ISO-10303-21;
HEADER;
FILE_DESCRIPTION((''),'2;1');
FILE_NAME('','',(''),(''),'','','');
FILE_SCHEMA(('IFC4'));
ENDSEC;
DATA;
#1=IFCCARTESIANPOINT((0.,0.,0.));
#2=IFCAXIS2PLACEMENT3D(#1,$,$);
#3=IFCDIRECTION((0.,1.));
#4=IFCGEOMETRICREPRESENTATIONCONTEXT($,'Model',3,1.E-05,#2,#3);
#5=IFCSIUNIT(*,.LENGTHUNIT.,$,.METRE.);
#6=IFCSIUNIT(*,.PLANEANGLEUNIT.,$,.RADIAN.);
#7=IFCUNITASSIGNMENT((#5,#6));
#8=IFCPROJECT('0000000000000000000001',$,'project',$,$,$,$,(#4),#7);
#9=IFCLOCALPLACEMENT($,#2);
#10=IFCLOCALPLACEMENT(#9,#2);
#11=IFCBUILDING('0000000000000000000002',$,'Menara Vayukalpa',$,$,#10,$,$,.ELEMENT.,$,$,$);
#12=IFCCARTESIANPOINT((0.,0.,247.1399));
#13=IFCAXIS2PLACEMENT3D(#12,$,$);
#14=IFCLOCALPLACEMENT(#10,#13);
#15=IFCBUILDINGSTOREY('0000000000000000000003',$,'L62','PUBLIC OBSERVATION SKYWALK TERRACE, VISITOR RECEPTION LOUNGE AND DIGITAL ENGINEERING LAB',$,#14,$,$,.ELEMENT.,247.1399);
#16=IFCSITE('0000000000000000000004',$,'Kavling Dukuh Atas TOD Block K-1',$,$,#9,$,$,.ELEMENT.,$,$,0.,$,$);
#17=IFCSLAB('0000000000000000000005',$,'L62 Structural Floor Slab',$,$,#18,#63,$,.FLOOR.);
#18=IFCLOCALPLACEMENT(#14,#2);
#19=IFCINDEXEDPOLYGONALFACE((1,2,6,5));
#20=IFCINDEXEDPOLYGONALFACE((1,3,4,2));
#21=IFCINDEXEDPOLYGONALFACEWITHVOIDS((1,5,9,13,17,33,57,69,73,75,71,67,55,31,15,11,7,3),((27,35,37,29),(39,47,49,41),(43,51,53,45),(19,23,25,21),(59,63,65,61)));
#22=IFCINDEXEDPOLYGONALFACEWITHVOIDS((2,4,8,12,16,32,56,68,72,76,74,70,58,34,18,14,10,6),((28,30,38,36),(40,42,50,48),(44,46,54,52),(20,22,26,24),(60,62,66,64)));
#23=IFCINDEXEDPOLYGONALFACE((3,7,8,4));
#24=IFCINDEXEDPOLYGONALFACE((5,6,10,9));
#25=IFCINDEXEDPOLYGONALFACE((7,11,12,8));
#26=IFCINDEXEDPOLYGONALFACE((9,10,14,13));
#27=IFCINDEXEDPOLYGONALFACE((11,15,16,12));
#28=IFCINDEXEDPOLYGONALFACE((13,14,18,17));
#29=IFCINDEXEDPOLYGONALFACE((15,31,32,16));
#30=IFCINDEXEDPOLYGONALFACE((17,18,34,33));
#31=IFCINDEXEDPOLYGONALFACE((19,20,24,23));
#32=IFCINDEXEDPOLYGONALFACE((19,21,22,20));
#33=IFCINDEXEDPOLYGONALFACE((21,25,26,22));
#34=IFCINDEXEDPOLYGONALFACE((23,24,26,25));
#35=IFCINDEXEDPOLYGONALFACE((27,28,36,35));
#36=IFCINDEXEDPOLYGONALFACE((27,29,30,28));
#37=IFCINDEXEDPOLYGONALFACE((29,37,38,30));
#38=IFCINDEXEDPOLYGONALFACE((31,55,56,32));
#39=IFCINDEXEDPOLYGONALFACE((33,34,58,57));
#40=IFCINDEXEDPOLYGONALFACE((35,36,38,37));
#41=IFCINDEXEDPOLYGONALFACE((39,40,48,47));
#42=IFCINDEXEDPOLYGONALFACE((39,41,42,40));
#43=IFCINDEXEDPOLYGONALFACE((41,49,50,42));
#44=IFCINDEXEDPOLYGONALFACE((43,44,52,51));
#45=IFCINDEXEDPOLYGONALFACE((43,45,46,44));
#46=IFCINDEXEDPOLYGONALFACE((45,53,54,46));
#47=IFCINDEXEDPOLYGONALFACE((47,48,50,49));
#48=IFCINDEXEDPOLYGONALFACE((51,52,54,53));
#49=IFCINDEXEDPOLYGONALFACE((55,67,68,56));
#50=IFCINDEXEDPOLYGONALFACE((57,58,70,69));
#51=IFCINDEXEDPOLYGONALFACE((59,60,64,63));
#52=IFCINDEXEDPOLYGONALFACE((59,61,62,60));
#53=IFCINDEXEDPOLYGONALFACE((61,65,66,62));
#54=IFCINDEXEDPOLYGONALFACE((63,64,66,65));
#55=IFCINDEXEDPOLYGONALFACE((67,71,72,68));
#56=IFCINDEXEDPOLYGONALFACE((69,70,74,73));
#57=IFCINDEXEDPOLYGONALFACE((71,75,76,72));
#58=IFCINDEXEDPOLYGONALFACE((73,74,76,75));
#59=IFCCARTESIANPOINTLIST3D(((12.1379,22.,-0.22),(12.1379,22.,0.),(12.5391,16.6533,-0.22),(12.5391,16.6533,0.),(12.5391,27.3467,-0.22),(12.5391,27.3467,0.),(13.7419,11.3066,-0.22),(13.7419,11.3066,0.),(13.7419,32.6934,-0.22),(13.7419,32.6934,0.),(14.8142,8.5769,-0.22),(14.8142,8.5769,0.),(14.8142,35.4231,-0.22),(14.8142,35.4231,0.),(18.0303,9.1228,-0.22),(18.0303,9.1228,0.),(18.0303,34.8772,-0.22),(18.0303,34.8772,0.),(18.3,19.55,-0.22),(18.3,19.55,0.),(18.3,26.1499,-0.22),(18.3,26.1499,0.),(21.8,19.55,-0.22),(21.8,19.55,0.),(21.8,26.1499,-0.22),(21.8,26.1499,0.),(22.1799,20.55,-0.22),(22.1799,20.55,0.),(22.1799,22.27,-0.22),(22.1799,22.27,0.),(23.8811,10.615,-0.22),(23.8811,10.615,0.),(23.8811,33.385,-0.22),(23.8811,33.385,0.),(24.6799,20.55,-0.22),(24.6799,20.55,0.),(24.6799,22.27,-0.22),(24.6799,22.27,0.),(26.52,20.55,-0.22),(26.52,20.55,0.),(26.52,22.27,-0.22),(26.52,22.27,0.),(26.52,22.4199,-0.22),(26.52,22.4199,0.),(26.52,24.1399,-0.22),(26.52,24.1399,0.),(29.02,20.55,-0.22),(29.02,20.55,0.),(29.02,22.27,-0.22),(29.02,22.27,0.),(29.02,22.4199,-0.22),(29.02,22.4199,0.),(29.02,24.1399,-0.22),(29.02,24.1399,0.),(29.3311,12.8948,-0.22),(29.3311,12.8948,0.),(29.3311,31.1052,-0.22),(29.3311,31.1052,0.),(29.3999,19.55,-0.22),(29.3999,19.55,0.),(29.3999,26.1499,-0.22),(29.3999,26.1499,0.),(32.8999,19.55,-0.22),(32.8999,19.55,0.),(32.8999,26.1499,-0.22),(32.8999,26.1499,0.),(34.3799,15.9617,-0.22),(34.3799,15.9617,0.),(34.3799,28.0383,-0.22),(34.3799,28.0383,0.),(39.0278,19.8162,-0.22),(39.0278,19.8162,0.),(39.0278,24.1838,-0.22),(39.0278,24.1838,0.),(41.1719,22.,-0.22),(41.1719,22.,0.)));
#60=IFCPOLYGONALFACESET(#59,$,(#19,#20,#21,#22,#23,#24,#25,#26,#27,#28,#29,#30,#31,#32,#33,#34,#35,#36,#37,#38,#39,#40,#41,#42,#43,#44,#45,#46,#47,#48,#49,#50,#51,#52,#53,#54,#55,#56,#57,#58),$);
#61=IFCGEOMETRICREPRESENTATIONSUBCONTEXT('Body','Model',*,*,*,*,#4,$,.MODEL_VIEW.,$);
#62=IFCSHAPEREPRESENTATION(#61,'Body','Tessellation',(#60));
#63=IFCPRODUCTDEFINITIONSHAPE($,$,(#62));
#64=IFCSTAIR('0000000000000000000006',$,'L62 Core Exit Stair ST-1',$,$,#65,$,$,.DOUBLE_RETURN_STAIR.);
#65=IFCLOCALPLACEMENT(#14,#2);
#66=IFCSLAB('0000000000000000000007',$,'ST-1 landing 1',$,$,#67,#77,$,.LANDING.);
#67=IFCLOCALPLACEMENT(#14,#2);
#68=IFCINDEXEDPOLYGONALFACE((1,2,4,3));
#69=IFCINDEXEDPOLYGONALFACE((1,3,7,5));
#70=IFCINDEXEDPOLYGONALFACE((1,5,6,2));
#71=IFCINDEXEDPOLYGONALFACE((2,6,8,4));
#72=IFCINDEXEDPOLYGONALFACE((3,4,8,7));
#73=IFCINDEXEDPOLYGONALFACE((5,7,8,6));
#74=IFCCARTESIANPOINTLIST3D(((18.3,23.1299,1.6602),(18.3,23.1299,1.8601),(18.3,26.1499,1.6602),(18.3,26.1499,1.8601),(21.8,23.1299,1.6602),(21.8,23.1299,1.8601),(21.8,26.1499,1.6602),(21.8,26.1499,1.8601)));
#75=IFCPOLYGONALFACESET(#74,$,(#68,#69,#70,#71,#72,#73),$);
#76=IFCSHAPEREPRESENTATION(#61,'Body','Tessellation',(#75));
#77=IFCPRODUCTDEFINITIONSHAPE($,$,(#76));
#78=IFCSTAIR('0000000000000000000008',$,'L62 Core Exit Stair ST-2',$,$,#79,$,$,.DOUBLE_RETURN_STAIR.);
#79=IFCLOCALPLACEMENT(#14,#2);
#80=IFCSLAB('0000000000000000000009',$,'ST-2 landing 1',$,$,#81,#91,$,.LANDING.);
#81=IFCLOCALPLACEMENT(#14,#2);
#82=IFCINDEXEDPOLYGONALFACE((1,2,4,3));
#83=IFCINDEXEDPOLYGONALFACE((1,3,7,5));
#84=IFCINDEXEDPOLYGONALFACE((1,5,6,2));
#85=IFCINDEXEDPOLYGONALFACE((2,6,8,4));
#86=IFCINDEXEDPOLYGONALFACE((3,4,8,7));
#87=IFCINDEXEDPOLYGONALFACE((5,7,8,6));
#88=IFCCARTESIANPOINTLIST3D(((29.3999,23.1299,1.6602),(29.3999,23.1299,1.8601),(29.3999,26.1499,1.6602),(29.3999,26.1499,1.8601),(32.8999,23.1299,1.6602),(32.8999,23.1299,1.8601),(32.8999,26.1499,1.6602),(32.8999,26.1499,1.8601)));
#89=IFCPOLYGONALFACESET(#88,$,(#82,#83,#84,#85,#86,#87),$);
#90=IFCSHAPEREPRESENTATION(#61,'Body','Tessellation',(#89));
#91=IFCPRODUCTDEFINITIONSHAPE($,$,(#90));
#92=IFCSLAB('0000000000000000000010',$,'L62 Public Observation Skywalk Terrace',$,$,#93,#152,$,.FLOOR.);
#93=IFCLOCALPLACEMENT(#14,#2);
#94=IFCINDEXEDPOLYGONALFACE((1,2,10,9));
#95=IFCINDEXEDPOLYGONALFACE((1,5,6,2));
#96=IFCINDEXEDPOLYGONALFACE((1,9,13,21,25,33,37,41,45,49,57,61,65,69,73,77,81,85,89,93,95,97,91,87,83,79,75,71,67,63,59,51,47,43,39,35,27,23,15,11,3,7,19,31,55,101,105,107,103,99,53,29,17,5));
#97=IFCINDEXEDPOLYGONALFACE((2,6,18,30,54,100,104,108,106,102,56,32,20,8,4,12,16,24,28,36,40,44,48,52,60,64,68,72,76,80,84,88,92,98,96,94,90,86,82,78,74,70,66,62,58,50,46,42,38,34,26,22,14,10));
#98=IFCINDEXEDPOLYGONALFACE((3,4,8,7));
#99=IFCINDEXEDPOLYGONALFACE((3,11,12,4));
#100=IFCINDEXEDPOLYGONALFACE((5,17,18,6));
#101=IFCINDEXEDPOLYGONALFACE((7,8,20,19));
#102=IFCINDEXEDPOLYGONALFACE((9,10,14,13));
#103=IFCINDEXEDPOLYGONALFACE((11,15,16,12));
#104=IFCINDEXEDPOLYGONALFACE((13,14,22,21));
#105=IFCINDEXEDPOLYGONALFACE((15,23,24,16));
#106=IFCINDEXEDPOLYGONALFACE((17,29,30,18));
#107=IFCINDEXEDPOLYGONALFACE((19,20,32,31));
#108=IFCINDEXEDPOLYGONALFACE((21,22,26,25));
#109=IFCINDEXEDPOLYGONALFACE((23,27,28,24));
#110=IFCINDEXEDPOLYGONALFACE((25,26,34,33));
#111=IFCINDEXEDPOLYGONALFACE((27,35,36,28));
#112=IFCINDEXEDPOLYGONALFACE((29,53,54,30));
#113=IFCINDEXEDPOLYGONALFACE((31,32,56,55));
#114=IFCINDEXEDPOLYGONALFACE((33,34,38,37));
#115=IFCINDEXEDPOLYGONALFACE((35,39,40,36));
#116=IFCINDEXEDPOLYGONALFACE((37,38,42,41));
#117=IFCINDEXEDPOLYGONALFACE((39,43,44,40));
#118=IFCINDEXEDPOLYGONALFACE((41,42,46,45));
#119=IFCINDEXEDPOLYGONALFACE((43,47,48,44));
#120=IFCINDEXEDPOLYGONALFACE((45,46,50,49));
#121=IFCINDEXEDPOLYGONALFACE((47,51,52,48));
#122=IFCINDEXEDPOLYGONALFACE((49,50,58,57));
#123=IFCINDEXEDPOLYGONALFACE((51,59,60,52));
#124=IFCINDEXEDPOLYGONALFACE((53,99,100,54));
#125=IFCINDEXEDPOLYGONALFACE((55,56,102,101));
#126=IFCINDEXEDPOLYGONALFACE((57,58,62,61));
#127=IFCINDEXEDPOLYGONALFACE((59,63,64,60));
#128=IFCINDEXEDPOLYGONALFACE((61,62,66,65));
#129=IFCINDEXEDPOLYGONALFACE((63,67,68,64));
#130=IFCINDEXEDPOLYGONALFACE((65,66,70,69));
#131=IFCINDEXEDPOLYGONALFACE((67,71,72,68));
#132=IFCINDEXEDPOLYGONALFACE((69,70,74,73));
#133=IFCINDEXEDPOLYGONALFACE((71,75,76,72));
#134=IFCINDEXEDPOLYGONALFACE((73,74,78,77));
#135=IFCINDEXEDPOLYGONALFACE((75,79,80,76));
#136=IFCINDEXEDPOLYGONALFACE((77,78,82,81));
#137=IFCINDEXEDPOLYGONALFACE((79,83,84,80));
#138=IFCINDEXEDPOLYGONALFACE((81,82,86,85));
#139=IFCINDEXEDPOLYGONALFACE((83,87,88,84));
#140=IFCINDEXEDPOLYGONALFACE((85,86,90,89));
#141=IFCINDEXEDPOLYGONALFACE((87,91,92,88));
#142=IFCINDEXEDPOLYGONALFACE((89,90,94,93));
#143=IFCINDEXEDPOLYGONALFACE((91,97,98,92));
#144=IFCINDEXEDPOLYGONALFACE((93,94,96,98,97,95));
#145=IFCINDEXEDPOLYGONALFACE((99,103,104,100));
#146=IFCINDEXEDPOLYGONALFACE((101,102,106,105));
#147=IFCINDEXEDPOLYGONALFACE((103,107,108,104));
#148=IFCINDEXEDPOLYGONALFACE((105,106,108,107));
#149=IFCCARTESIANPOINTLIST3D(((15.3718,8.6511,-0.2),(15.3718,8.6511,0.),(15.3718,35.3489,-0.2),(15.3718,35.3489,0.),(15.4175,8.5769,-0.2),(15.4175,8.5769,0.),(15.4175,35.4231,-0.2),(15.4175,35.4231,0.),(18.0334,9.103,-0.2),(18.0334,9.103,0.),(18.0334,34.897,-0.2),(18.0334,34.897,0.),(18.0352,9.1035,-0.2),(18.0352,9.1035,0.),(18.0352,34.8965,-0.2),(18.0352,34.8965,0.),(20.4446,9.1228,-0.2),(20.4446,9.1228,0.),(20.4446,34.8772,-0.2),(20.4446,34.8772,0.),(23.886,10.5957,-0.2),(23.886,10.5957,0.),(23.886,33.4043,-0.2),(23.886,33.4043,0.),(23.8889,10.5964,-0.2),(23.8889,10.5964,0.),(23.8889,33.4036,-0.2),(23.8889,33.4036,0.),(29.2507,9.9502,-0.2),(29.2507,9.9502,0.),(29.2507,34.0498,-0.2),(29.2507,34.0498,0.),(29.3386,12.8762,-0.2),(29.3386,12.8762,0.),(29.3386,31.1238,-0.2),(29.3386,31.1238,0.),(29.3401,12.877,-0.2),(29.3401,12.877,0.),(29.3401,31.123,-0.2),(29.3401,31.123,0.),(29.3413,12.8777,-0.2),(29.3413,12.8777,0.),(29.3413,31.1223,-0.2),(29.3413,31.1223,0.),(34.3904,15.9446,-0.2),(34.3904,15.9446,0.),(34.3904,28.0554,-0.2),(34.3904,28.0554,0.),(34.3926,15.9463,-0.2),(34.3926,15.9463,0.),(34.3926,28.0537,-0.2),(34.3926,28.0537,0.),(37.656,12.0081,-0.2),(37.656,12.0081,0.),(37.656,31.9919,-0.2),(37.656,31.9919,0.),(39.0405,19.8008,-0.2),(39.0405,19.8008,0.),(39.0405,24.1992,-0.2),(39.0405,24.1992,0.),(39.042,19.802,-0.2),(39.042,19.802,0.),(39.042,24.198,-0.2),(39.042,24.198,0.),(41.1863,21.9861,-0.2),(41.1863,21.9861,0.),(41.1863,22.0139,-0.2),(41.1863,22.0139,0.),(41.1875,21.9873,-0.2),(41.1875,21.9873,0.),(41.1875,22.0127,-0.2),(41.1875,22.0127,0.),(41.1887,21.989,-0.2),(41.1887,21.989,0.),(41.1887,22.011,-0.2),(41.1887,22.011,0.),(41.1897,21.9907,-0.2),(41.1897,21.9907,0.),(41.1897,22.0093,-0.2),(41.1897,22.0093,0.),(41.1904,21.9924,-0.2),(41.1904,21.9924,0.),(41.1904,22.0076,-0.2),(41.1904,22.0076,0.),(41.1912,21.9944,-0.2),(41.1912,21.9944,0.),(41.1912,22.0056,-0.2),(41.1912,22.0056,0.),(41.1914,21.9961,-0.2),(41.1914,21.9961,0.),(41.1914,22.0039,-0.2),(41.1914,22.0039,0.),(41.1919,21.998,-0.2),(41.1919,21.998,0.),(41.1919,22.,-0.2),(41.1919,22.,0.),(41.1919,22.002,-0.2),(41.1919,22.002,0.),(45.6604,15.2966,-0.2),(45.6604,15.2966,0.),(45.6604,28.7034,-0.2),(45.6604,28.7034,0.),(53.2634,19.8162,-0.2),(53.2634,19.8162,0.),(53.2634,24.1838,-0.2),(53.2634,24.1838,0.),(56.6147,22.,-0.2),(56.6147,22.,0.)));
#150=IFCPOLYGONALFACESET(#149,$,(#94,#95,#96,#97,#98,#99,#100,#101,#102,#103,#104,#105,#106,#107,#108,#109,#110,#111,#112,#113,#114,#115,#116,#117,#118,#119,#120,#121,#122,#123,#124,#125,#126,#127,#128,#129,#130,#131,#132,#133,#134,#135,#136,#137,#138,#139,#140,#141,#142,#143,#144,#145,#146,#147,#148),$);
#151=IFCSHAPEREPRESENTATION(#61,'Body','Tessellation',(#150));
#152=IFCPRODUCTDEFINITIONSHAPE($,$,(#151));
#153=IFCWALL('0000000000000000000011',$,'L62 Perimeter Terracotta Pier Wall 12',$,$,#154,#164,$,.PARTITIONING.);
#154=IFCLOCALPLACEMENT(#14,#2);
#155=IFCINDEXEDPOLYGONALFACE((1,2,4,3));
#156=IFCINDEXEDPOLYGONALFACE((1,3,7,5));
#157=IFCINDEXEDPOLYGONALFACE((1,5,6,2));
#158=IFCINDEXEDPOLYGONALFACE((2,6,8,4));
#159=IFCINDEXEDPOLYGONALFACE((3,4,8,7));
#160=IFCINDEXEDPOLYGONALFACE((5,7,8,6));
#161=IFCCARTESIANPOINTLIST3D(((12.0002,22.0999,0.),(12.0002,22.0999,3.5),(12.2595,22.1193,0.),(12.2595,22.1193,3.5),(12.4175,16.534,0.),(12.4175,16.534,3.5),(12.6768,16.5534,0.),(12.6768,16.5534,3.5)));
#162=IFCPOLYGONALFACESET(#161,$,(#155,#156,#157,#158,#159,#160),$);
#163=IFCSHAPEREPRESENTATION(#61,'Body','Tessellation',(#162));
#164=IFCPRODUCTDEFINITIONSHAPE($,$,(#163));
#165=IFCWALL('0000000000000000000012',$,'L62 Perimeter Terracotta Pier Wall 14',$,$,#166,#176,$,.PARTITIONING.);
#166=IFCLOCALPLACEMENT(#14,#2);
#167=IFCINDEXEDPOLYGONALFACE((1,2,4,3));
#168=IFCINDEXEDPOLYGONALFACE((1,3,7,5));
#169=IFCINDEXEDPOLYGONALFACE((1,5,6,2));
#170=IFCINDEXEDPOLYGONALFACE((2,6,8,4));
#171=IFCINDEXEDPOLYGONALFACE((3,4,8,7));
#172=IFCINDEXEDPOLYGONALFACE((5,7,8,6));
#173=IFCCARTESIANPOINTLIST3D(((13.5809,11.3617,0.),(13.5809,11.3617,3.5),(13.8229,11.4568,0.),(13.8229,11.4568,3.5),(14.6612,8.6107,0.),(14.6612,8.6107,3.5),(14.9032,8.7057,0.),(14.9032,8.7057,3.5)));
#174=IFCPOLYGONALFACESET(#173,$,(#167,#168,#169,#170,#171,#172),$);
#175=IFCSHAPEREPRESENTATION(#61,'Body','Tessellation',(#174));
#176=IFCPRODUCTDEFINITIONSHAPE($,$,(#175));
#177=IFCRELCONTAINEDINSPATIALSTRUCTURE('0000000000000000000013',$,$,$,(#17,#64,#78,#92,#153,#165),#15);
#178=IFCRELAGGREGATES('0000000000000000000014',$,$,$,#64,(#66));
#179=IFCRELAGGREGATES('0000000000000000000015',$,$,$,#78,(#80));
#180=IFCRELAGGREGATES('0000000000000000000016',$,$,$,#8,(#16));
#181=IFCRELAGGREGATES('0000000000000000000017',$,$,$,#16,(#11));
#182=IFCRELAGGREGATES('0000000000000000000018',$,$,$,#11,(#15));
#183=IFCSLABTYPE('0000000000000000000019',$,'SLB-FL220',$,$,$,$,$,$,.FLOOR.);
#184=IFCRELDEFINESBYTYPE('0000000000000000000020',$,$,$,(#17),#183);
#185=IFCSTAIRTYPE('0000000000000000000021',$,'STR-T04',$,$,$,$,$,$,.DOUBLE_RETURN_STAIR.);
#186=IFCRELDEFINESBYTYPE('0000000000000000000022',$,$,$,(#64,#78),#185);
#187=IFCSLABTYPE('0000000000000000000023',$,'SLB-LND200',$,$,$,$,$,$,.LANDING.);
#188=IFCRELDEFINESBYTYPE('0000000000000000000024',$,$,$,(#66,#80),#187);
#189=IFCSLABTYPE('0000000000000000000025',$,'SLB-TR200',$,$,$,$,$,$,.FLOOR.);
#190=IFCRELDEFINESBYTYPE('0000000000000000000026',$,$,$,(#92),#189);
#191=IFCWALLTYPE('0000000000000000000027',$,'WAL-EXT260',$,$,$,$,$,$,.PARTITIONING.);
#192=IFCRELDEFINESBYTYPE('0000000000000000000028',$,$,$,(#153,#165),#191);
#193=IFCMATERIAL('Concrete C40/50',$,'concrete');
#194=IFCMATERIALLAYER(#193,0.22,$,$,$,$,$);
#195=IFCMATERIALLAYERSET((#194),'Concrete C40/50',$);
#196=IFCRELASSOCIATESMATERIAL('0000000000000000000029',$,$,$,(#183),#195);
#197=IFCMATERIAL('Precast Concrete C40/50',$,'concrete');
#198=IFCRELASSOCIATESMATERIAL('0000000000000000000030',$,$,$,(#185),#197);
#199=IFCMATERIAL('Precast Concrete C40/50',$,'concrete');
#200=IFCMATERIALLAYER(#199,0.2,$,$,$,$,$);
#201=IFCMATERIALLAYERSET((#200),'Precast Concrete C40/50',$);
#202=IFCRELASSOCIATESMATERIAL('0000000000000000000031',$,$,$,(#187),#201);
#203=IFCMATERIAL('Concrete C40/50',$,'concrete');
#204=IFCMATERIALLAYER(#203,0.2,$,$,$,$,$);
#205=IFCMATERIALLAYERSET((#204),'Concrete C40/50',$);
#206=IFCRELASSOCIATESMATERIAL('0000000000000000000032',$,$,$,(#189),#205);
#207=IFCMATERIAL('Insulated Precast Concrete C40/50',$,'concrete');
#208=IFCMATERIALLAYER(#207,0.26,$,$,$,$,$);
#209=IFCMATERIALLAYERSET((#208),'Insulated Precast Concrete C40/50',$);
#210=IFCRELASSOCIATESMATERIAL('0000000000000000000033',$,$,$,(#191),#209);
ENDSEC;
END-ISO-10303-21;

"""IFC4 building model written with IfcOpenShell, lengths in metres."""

from ifc_helpers import new_model, si_unit, direction, frame, frame_2d, origin, place, context, subcontext, project, spatial, polyline, rectangle, outline, extrude, material, layer, layer_set, type_object, element, aggregate, save


model = new_model("IFC4")

# Units and contexts
model_context = context("Model", 3, precision=1e-05, world=origin(), true_north=direction((0.0, 1.0)))
body_context = subcontext(model_context, "Body", "Model", "MODEL_VIEW")
ifc_project = project(units=[si_unit("LENGTHUNIT", "METRE"), si_unit("PLANEANGLEUNIT", "RADIAN")], contexts=[model_context])

# Site, building, storey
site_placement = place(None, origin())
site = spatial("IfcSite", under=ifc_project, at=site_placement, Name="Kavling Dukuh Atas TOD Block K-1", CompositionType="ELEMENT", RefElevation=0.0)
building_placement = place(site_placement, origin())
building = spatial("IfcBuilding", under=site, at=building_placement, Name="Menara Vayukalpa", CompositionType="ELEMENT")
storey_placement = place(building_placement, frame((0.0, 0.0, 247.1399)))
storey = spatial("IfcBuildingStorey", under=building, at=storey_placement, Name="L62", Description="PUBLIC OBSERVATION SKYWALK TERRACE, VISITOR RECEPTION LOUNGE AND DIGITAL ENGINEERING LAB", CompositionType="ELEMENT", Elevation=247.1399)

# Slab
ifc_material_1 = material(Name="Concrete C40/50", Category="concrete")
ifc_layer_1 = layer(ifc_material_1, 0.22)
ifc_layer_set_1 = layer_set([ifc_layer_1], Name="Concrete C40/50")
slab_type_1 = type_object("IfcSlabType", Name="SLB-FL220", PredefinedType="FLOOR", material=ifc_layer_set_1)
slab_1_placement = place(storey_placement, frame((0.0, 0.0, -0.22)))
element("IfcSlab", 1, at=slab_1_placement, inside=storey, type_object=slab_type_1, Name="L62 Structural Floor Slab", PredefinedType="FLOOR", context=body_context, shape_type="SweptSolid", body=[
    extrude(outline(polyline([(39.0278, 19.8162), (41.1719, 22.0), (39.0278, 24.1838), (34.3799, 28.0383), (29.3311, 31.1052), (23.8811, 33.385), (18.0303, 34.8772), (14.8142, 35.4231), (13.7419, 32.6934), (12.5391, 27.3467), (12.1379, 22.0), (12.5391, 16.6533), (13.7419, 11.3066), (14.8142, 8.5769), (18.0303, 9.1228), (23.8811, 10.615), (29.3311, 12.8948), (34.3799, 15.9617), (39.0278, 19.8162)]), holes=[polyline([(21.8, 19.55), (21.8, 26.1499), (18.3, 26.1499), (18.3, 19.55), (21.8, 19.55)]), polyline([(32.8999, 19.55), (32.8999, 26.1499), (29.3999, 26.1499), (29.3999, 19.55), (32.8999, 19.55)]), polyline([(22.1799, 20.55), (24.6799, 20.55), (24.6799, 22.27), (22.1799, 22.27), (22.1799, 20.55)]), polyline([(26.52, 20.55), (29.02, 20.55), (29.02, 22.27), (26.52, 22.27), (26.52, 20.55)]), polyline([(26.52, 22.4199), (29.02, 22.4199), (29.02, 24.1399), (26.52, 24.1399), (26.52, 22.4199)])]), origin(), (0.0, 0.0, 1.0), 0.22),
])

# Stairs, slabs
ifc_material_2 = material(Name="Precast Concrete C40/50", Category="concrete")
stair_type = type_object("IfcStairType", Name="STR-T04", PredefinedType="DOUBLE_RETURN_STAIR", material=ifc_material_2)
stair_1_placement = place(storey_placement, origin())
stair_1 = element("IfcStair", 2, at=stair_1_placement, inside=storey, type_object=stair_type, Name="L62 Core Exit Stair ST-1", PredefinedType="DOUBLE_RETURN_STAIR")
ifc_material_3 = material(Name="Precast Concrete C40/50", Category="concrete")
ifc_layer_2 = layer(ifc_material_3, 0.2)
ifc_layer_set_2 = layer_set([ifc_layer_2], Name="Precast Concrete C40/50")
slab_type_2 = type_object("IfcSlabType", Name="SLB-LND200", PredefinedType="LANDING", material=ifc_layer_set_2)
slab_2_placement = place(storey_placement, frame((0.0, 0.0, 1.6602)))
slab_2 = element("IfcSlab", 3, at=slab_2_placement, type_object=slab_type_2, Name="ST-1 landing 1", PredefinedType="LANDING", context=body_context, shape_type="SweptSolid", body=[
    extrude(outline(polyline([(21.8, 23.1299), (21.8, 26.1499), (18.3, 26.1499), (18.3, 23.1299), (21.8, 23.1299)])), origin(), (0.0, 0.0, 1.0), 0.2),
])
aggregate(stair_1, [slab_2])
stair_2_placement = place(storey_placement, origin())
stair_2 = element("IfcStair", 4, at=stair_2_placement, inside=storey, type_object=stair_type, Name="L62 Core Exit Stair ST-2", PredefinedType="DOUBLE_RETURN_STAIR")
slab_3_placement = place(storey_placement, frame((0.0, 0.0, 1.6602)))
slab_3 = element("IfcSlab", 5, at=slab_3_placement, type_object=slab_type_2, Name="ST-2 landing 1", PredefinedType="LANDING", context=body_context, shape_type="SweptSolid", body=[
    extrude(outline(polyline([(32.8999, 23.1299), (32.8999, 26.1499), (29.3999, 26.1499), (29.3999, 23.1299), (32.8999, 23.1299)])), origin(), (0.0, 0.0, 1.0), 0.2),
])
aggregate(stair_2, [slab_3])

# Slab
ifc_material_4 = material(Name="Concrete C40/50", Category="concrete")
ifc_layer_3 = layer(ifc_material_4, 0.2)
ifc_layer_set_3 = layer_set([ifc_layer_3], Name="Concrete C40/50")
slab_type_3 = type_object("IfcSlabType", Name="SLB-TR200", PredefinedType="FLOOR", material=ifc_layer_set_3)
slab_4_placement = place(storey_placement, frame((0.0, 0.0, -0.2)))
element("IfcSlab", 6, at=slab_4_placement, inside=storey, type_object=slab_type_3, Name="L62 Public Observation Skywalk Terrace", PredefinedType="FLOOR", context=body_context, shape_type="SweptSolid", body=[
    extrude(outline(polyline([(15.4175, 35.4231), (20.4446, 34.8772), (29.2507, 34.0498), (37.656, 31.9919), (45.6604, 28.7034), (53.2634, 24.1838), (56.6147, 22.0), (53.2634, 19.8162), (45.6604, 15.2966), (37.656, 12.0081), (29.2507, 9.9502), (20.4446, 9.1228), (15.4175, 8.5769), (15.3718, 8.6511), (18.0334, 9.103), (18.0352, 9.1035), (23.886, 10.5957), (23.8889, 10.5964), (29.3386, 12.8762), (29.3401, 12.877), (29.3413, 12.8777), (34.3904, 15.9446), (34.3926, 15.9463), (39.0405, 19.8008), (39.042, 19.802), (41.1863, 21.9861), (41.1875, 21.9873), (41.1887, 21.989), (41.1897, 21.9907), (41.1904, 21.9924), (41.1912, 21.9944), (41.1914, 21.9961), (41.1919, 21.998), (41.1919, 22.0), (41.1919, 22.002), (41.1914, 22.0039), (41.1912, 22.0056), (41.1904, 22.0076), (41.1897, 22.0093), (41.1887, 22.011), (41.1875, 22.0127), (41.1863, 22.0139), (39.042, 24.198), (39.0405, 24.1992), (34.3926, 28.0537), (34.3904, 28.0554), (29.3413, 31.1223), (29.3401, 31.123), (29.3386, 31.1238), (23.8889, 33.4036), (23.886, 33.4043), (18.0352, 34.8965), (18.0334, 34.897), (15.3718, 35.3489), (15.4175, 35.4231)])), origin(), (0.0, 0.0, 1.0), 0.2),
])

# Walls
ifc_material_5 = material(Name="Insulated Precast Concrete C40/50", Category="concrete")
ifc_layer_4 = layer(ifc_material_5, 0.26)
ifc_layer_set_4 = layer_set([ifc_layer_4], Name="Insulated Precast Concrete C40/50")
wall_type = type_object("IfcWallType", Name="WAL-EXT260", PredefinedType="PARTITIONING", material=ifc_layer_set_4)
wall_1_placement = place(storey_placement, frame((12.5471, 16.5437, 0.0), z_axis=(0.0, 0.0, 1.0), x_axis=(-0.074753, 0.997202, 0.0)))
element("IfcWall", 7, at=wall_1_placement, inside=storey, type_object=wall_type, Name="L62 Perimeter Terracotta Pier Wall 12", PredefinedType="PARTITIONING", context=body_context, shape_type="SweptSolid", body=[
    extrude(rectangle(XDim=5.5815, YDim=0.26, at=frame_2d((2.7908, 0.0))), origin(), (0.0, 0.0, 1.0), 3.5),
])
wall_2_placement = place(storey_placement, frame((14.7822, 8.6582, 0.0), z_axis=(0.0, 0.0, 1.0), x_axis=(-0.36553, 0.9308, 0.0)))
element("IfcWall", 8, at=wall_2_placement, inside=storey, type_object=wall_type, Name="L62 Perimeter Terracotta Pier Wall 14", PredefinedType="PARTITIONING", context=body_context, shape_type="SweptSolid", body=[
    extrude(rectangle(XDim=2.9556, YDim=0.26, at=frame_2d((1.4778, 0.0))), origin(), (0.0, 0.0, 1.0), 3.5),
])

save(model, "model.ifc")
